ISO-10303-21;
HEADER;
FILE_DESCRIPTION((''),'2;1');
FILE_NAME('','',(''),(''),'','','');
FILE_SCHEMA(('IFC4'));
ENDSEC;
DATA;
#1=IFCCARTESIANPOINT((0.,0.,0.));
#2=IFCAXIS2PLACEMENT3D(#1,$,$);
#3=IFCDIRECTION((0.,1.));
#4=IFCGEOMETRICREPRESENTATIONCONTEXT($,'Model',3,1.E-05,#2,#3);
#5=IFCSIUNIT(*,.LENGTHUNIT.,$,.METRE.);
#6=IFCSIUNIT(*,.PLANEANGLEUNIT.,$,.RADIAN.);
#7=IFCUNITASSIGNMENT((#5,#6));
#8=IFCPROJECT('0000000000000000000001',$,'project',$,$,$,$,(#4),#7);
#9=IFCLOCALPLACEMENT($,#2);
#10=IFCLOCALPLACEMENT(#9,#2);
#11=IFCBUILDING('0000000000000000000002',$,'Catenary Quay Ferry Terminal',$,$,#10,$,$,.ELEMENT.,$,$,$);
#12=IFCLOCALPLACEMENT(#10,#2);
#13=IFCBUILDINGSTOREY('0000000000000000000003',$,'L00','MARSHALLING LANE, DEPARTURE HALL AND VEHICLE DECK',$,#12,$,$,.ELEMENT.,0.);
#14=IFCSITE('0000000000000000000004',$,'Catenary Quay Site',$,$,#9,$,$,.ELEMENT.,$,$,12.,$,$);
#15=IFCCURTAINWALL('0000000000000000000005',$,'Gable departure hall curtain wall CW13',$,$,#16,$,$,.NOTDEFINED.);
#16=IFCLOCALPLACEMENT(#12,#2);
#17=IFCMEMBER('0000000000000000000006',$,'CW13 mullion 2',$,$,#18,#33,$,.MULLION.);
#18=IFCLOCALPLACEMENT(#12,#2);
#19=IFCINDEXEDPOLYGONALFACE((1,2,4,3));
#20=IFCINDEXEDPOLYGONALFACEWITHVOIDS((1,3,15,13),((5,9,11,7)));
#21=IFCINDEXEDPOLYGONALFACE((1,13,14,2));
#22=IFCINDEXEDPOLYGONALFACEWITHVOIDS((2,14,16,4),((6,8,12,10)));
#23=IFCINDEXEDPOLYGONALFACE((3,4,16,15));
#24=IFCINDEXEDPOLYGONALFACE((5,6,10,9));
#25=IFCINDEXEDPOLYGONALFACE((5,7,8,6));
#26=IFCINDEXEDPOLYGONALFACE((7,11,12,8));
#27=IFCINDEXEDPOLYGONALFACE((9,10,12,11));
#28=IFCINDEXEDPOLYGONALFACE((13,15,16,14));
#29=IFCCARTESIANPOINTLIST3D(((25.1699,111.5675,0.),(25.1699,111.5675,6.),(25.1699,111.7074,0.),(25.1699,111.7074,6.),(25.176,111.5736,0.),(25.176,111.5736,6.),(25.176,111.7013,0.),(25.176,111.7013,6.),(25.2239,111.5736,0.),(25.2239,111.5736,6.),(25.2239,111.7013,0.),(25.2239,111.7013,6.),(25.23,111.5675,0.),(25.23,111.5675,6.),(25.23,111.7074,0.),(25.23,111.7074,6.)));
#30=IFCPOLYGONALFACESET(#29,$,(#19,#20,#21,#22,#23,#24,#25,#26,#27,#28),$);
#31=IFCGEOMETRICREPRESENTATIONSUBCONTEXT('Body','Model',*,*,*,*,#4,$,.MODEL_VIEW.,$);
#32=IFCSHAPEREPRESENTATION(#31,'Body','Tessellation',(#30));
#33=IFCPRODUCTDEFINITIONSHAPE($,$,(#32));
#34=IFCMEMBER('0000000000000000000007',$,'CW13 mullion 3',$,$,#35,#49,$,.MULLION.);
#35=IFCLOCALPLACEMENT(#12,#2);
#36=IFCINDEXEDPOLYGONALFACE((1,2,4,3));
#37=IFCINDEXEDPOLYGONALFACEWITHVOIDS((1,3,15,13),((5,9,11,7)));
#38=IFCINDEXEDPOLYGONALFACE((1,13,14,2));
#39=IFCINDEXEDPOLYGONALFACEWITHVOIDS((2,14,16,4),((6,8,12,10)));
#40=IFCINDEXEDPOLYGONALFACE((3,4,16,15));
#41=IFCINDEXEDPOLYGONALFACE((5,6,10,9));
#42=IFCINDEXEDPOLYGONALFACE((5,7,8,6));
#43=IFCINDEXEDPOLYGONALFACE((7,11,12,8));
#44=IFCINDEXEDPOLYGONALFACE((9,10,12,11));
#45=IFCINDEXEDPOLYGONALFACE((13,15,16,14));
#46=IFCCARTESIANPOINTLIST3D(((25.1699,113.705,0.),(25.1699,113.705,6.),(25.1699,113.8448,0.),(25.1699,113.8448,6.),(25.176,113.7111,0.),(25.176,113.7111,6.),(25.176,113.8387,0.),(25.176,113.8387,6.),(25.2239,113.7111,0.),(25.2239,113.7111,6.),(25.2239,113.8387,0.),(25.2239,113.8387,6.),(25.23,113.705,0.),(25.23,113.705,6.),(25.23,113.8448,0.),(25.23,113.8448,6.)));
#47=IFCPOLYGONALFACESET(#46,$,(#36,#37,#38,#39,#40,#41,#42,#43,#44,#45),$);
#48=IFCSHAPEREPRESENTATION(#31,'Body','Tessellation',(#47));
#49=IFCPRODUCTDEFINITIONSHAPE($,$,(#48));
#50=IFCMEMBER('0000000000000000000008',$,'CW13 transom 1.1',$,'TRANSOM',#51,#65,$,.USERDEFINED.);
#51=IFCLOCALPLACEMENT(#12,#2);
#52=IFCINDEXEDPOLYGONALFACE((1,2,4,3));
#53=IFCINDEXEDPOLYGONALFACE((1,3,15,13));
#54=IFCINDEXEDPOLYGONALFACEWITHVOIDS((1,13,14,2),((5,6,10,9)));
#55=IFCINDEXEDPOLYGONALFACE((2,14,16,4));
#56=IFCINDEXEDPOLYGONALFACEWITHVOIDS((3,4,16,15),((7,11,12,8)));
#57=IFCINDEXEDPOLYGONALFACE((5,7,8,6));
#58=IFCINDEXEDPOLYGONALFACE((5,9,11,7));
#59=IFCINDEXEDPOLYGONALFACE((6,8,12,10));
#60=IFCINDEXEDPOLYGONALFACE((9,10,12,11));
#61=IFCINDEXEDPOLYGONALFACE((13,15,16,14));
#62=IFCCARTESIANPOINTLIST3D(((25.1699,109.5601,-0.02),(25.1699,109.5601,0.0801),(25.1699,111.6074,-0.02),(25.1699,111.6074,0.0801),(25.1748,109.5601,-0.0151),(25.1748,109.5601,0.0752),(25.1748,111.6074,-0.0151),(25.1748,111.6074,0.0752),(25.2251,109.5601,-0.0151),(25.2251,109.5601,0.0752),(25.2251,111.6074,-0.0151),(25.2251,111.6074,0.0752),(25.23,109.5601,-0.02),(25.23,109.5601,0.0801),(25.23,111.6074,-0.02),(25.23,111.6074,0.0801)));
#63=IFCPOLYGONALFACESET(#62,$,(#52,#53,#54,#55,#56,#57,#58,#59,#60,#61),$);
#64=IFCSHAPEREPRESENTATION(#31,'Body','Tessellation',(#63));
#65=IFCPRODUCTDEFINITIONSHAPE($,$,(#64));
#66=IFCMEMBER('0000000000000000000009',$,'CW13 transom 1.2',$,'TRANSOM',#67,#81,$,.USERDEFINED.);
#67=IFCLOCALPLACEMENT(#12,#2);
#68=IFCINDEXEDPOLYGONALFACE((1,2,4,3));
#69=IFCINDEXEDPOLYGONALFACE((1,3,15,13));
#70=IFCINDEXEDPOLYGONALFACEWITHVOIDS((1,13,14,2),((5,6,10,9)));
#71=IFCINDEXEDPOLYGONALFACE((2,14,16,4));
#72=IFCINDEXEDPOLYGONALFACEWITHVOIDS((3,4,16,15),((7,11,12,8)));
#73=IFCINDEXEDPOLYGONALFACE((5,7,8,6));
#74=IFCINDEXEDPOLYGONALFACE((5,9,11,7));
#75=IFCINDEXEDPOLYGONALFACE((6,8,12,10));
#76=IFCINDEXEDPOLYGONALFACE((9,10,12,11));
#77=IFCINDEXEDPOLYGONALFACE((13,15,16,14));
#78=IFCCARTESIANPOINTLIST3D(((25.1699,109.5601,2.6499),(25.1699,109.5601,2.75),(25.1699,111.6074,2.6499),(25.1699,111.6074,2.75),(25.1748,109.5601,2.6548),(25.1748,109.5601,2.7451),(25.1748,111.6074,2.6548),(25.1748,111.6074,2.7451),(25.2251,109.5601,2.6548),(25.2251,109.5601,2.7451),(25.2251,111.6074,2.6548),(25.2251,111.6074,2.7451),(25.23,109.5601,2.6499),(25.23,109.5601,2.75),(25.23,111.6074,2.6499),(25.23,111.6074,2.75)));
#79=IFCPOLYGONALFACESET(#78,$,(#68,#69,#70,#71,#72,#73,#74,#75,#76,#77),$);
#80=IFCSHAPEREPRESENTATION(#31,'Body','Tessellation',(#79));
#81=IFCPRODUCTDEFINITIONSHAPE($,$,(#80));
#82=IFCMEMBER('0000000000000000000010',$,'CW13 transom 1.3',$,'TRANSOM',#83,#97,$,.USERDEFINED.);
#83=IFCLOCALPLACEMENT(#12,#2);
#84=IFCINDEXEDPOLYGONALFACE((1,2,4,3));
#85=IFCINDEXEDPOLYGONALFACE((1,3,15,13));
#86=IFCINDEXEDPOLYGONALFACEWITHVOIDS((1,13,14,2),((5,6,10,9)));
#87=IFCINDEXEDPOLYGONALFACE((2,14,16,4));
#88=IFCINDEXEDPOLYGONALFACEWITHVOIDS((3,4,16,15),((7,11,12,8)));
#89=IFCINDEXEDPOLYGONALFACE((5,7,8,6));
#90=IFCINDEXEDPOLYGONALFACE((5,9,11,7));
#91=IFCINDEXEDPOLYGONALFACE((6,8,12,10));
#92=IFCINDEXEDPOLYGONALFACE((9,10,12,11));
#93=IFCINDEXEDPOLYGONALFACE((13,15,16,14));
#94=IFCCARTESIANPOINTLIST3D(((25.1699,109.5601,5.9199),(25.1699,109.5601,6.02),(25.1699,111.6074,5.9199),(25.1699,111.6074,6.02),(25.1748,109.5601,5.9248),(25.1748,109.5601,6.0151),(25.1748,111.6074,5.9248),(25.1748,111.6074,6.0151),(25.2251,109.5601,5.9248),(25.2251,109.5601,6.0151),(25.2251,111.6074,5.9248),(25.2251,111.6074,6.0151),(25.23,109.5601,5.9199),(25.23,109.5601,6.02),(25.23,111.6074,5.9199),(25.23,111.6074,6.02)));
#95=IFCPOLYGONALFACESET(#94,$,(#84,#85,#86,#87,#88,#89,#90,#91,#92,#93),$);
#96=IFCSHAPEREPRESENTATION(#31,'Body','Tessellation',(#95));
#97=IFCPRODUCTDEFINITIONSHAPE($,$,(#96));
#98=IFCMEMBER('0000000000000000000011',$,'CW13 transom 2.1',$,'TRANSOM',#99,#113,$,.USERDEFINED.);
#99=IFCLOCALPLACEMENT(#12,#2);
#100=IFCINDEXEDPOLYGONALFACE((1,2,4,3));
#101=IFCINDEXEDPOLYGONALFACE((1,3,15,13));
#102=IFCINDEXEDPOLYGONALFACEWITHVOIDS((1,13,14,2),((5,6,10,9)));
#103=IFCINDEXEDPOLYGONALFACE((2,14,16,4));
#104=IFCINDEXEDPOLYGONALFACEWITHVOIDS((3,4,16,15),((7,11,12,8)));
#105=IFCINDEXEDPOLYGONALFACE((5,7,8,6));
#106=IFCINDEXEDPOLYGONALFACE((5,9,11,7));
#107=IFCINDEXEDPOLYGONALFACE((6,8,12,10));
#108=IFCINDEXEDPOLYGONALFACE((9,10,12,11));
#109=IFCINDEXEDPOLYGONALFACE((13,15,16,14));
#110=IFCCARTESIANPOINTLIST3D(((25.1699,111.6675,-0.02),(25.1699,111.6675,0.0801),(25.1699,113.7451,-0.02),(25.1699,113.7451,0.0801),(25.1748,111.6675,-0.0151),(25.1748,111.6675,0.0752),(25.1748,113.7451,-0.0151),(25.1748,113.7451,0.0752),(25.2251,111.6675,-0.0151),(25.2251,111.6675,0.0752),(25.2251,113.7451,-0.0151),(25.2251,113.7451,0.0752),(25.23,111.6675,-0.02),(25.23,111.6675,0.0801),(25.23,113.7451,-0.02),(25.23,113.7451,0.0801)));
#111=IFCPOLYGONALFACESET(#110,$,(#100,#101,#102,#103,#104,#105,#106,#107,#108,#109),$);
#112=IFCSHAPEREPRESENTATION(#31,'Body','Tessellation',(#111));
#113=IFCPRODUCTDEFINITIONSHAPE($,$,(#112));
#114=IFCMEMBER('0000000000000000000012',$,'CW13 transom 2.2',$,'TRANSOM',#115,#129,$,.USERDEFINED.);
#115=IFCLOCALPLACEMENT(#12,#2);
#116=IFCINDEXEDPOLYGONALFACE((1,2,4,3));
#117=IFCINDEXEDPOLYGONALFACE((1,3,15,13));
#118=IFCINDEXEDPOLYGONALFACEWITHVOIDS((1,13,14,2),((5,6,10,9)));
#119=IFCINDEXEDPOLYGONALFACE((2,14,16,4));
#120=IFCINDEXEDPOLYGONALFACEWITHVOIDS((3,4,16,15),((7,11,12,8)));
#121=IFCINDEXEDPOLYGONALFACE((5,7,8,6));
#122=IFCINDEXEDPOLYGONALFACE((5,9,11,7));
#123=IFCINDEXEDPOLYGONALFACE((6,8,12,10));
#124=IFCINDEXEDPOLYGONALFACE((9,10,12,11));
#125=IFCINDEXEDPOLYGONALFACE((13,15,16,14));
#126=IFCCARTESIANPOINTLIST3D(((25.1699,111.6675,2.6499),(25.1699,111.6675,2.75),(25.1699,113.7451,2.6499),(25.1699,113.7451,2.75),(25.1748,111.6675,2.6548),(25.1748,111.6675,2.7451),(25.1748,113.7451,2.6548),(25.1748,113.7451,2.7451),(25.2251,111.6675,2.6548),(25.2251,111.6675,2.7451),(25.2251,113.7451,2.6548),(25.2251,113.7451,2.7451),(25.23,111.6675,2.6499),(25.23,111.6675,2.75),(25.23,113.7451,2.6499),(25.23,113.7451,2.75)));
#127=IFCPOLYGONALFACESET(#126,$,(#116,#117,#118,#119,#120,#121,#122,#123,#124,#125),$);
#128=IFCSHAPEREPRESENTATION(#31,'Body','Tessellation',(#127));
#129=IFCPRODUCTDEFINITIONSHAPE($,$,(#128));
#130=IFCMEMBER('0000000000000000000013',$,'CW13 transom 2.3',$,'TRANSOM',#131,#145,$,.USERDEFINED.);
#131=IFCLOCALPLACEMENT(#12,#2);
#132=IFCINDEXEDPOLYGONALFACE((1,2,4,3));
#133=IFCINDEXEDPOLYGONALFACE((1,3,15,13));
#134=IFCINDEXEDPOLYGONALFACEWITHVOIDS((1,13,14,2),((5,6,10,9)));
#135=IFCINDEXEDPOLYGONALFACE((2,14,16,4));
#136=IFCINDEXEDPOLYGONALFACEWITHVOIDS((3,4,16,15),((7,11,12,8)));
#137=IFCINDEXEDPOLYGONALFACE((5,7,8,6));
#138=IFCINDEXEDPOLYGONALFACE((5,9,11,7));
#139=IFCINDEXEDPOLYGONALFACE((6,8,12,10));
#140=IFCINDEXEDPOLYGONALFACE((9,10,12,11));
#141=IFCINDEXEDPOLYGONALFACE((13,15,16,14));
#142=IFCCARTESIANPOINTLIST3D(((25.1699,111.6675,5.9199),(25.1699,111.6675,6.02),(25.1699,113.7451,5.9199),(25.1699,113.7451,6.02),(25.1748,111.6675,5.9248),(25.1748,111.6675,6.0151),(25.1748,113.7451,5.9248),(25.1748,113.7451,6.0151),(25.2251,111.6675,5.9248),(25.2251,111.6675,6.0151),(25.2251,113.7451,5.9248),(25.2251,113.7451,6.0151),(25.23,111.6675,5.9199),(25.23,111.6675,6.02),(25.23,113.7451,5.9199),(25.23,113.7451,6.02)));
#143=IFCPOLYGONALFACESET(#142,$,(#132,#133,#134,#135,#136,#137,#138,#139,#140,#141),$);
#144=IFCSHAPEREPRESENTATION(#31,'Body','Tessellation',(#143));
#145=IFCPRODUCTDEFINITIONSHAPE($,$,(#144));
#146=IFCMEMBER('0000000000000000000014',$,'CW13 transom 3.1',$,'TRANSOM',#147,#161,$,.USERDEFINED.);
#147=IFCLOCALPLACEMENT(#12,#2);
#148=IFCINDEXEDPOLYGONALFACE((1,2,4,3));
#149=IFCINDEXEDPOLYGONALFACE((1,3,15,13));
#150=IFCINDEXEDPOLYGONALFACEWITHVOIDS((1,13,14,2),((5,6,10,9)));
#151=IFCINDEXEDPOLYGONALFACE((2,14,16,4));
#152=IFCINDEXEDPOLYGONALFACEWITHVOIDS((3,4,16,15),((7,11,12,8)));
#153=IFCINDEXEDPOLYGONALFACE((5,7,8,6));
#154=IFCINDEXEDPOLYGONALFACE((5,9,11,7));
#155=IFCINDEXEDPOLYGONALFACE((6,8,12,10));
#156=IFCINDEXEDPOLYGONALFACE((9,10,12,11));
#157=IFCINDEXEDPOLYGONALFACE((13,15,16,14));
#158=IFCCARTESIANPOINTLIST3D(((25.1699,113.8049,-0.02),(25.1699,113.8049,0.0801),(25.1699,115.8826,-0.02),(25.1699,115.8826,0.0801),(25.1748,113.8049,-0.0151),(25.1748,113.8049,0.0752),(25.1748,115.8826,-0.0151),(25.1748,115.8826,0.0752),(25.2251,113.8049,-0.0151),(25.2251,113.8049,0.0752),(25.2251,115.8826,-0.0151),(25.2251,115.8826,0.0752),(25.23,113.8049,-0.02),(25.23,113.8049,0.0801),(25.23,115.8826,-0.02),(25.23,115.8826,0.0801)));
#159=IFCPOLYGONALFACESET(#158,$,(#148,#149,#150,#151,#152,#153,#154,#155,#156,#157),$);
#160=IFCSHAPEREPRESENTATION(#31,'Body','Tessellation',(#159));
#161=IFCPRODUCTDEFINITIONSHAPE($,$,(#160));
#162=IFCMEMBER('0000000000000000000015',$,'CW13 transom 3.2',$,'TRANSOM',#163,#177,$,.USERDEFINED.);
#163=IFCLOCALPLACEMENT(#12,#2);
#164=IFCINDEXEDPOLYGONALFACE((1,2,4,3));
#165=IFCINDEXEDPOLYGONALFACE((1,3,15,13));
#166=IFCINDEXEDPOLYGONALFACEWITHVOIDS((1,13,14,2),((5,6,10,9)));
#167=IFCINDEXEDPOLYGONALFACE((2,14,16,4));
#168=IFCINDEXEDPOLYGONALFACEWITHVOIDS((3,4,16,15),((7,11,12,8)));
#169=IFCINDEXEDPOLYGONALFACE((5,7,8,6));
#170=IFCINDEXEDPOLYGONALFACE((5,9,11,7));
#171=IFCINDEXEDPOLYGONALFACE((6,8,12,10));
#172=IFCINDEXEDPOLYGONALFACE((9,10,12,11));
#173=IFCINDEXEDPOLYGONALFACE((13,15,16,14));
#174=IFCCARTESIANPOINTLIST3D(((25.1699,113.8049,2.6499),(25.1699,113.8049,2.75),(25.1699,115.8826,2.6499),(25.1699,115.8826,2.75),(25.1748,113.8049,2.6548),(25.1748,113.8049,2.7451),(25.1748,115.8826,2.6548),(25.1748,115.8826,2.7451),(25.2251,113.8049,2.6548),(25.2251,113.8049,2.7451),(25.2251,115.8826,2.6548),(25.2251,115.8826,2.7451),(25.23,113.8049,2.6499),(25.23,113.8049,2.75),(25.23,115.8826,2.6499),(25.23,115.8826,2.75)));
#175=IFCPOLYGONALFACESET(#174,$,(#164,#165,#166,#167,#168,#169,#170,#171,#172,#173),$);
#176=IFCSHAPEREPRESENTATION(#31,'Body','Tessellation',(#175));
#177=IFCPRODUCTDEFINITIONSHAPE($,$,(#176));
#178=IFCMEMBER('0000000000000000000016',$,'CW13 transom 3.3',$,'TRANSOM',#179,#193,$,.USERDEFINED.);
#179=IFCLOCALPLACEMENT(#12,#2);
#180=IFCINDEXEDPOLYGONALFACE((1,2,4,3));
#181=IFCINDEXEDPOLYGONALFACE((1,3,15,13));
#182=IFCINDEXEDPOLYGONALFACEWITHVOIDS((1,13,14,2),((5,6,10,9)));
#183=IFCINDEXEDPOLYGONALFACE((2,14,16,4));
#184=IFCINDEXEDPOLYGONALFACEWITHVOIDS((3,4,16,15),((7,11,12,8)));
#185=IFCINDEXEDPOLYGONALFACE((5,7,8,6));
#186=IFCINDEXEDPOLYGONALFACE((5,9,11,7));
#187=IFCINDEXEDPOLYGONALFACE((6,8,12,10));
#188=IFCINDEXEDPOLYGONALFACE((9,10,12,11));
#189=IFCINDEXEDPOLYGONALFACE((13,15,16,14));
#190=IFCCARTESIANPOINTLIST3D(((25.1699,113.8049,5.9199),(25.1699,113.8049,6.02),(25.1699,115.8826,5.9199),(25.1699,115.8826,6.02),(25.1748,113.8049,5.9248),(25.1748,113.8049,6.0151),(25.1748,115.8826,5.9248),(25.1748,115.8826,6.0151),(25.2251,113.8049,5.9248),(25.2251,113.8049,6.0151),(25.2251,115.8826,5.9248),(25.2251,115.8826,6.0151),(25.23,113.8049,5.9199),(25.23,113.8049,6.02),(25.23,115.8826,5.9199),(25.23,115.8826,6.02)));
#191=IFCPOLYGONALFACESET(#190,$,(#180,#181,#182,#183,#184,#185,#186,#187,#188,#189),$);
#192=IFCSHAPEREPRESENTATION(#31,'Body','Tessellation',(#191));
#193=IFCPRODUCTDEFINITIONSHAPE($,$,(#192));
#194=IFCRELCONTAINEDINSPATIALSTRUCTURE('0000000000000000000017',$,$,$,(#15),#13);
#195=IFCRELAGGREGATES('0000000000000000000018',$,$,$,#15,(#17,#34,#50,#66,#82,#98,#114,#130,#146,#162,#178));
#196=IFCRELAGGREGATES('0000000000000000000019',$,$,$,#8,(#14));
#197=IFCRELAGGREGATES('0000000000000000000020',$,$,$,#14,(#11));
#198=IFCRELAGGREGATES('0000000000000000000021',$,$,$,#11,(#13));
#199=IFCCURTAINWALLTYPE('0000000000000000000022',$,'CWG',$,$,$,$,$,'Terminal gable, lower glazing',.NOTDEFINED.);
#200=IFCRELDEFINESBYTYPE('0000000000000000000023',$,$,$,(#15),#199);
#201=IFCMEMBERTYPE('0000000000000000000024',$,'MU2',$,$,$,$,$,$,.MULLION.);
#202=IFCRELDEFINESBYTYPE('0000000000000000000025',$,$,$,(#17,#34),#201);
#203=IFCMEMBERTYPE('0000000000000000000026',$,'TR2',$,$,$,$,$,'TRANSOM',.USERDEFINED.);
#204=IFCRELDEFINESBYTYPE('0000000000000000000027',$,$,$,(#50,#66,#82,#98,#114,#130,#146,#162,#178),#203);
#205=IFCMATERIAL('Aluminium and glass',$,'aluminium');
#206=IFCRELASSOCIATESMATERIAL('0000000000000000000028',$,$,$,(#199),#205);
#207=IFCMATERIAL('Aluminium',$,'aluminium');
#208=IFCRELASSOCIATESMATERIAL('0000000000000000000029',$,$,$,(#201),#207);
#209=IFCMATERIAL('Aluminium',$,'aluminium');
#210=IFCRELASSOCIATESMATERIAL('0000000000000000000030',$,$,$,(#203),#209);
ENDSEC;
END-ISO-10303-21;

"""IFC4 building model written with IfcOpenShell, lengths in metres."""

from ifc_helpers import new_model, si_unit, direction, frame, origin, origin_2d, place, context, subcontext, project, spatial, hollow_rectangle, extrude, material, material_profile, profile_set, type_object, element, aggregate, save


model = new_model("IFC4")

# Units and contexts
model_context = context("Model", 3, precision=1e-05, world=origin(), true_north=direction((0.0, 1.0)))
body_context = subcontext(model_context, "Body", "Model", "MODEL_VIEW")
ifc_project = project(units=[si_unit("LENGTHUNIT", "METRE"), si_unit("PLANEANGLEUNIT", "RADIAN")], contexts=[model_context])

# Site, building, storey
site_placement = place(None, origin())
site = spatial("IfcSite", under=ifc_project, at=site_placement, Name="Catenary Quay Site", CompositionType="ELEMENT", RefElevation=12.0)
building_placement = place(site_placement, origin())
building = spatial("IfcBuilding", under=site, at=building_placement, Name="Catenary Quay Ferry Terminal", CompositionType="ELEMENT")
storey_placement = place(building_placement, origin())
storey = spatial("IfcBuildingStorey", under=building, at=storey_placement, Name="L00", Description="MARSHALLING LANE, DEPARTURE HALL AND VEHICLE DECK", CompositionType="ELEMENT", Elevation=0.0)

# Curtain wall, members
ifc_material_1 = material(Name="Aluminium and glass", Category="aluminium")
curtain_wall_type = type_object("IfcCurtainWallType", Name="CWG", ElementType="Terminal gable, lower glazing", PredefinedType="NOTDEFINED", material=ifc_material_1)
curtain_wall_placement = place(storey_placement, origin())
curtain_wall = element("IfcCurtainWall", 1, at=curtain_wall_placement, inside=storey, type_object=curtain_wall_type, Name="Gable departure hall curtain wall CW13", PredefinedType="NOTDEFINED")
ifc_material_2 = material(Name="Aluminium", Category="aluminium")
ifc_material_profile_1 = material_profile(ifc_material_2, hollow_rectangle(XDim=0.0601, YDim=0.1399, WallThickness=0.0061, at=origin_2d()), Name="MU2")
ifc_profile_set_1 = profile_set([ifc_material_profile_1], Name="Aluminium")
member_type_1 = type_object("IfcMemberType", Name="MU2", PredefinedType="MULLION", material=ifc_profile_set_1)
member_1_placement = place(storey_placement, frame((25.2, 111.6375, 0.0), z_axis=(0.0, 0.0, 1.0), x_axis=(-1.0, 0.0, 0.0)))
member_1 = element("IfcMember", 2, at=member_1_placement, type_object=member_type_1, Name="CW13 mullion 2", PredefinedType="MULLION", context=body_context, shape_type="SweptSolid", body=[
    extrude(hollow_rectangle(XDim=0.0601, YDim=0.1399, WallThickness=0.0061, at=origin_2d()), origin(), (0.0, 0.0, 1.0), 6.0),
])
member_2_placement = place(storey_placement, frame((25.2, 113.7749, 0.0), z_axis=(0.0, 0.0, 1.0), x_axis=(-1.0, 0.0, 0.0)))
member_2 = element("IfcMember", 3, at=member_2_placement, type_object=member_type_1, Name="CW13 mullion 3", PredefinedType="MULLION", context=body_context, shape_type="SweptSolid", body=[
    extrude(hollow_rectangle(XDim=0.0601, YDim=0.1399, WallThickness=0.0061, at=origin_2d()), origin(), (0.0, 0.0, 1.0), 6.0),
])
ifc_material_3 = material(Name="Aluminium", Category="aluminium")
ifc_material_profile_2 = material_profile(ifc_material_3, hollow_rectangle(XDim=0.0601, YDim=0.1001, WallThickness=0.0049, at=origin_2d()), Name="TR2")
ifc_profile_set_2 = profile_set([ifc_material_profile_2], Name="Aluminium")
member_type_2 = type_object("IfcMemberType", Name="TR2", ElementType="TRANSOM", PredefinedType="USERDEFINED", material=ifc_profile_set_2)
member_3_placement = place(storey_placement, frame((25.2, 109.5601, 0.03), z_axis=(0.0, 1.0, 0.0), x_axis=(-1.0, 0.0, 0.0)))
member_3 = element("IfcMember", 4, at=member_3_placement, type_object=member_type_2, Name="CW13 transom 1.1", ObjectType="TRANSOM", PredefinedType="USERDEFINED", context=body_context, shape_type="SweptSolid", body=[
    extrude(hollow_rectangle(XDim=0.0601, YDim=0.1001, WallThickness=0.0049, at=origin_2d()), origin(), (0.0, 0.0, 1.0), 2.0474),
])
member_4_placement = place(storey_placement, frame((25.2, 109.5601, 2.7), z_axis=(0.0, 1.0, 0.0), x_axis=(-1.0, 0.0, 0.0)))
member_4 = element("IfcMember", 5, at=member_4_placement, type_object=member_type_2, Name="CW13 transom 1.2", ObjectType="TRANSOM", PredefinedType="USERDEFINED", context=body_context, shape_type="SweptSolid", body=[
    extrude(hollow_rectangle(XDim=0.0601, YDim=0.1001, WallThickness=0.0049, at=origin_2d()), origin(), (0.0, 0.0, 1.0), 2.0474),
])
member_5_placement = place(storey_placement, frame((25.2, 109.5601, 5.97), z_axis=(0.0, 1.0, 0.0), x_axis=(-1.0, 0.0, 0.0)))
member_5 = element("IfcMember", 6, at=member_5_placement, type_object=member_type_2, Name="CW13 transom 1.3", ObjectType="TRANSOM", PredefinedType="USERDEFINED", context=body_context, shape_type="SweptSolid", body=[
    extrude(hollow_rectangle(XDim=0.0601, YDim=0.1001, WallThickness=0.0049, at=origin_2d()), origin(), (0.0, 0.0, 1.0), 2.0474),
])
member_6_placement = place(storey_placement, frame((25.2, 111.6675, 0.03), z_axis=(0.0, 1.0, 0.0), x_axis=(-1.0, 0.0, 0.0)))
member_6 = element("IfcMember", 7, at=member_6_placement, type_object=member_type_2, Name="CW13 transom 2.1", ObjectType="TRANSOM", PredefinedType="USERDEFINED", context=body_context, shape_type="SweptSolid", body=[
    extrude(hollow_rectangle(XDim=0.0601, YDim=0.1001, WallThickness=0.0049, at=origin_2d()), origin(), (0.0, 0.0, 1.0), 2.0776),
])
member_7_placement = place(storey_placement, frame((25.2, 111.6675, 2.7), z_axis=(0.0, 1.0, 0.0), x_axis=(-1.0, 0.0, 0.0)))
member_7 = element("IfcMember", 8, at=member_7_placement, type_object=member_type_2, Name="CW13 transom 2.2", ObjectType="TRANSOM", PredefinedType="USERDEFINED", context=body_context, shape_type="SweptSolid", body=[
    extrude(hollow_rectangle(XDim=0.0601, YDim=0.1001, WallThickness=0.0049, at=origin_2d()), origin(), (0.0, 0.0, 1.0), 2.0776),
])
member_8_placement = place(storey_placement, frame((25.2, 111.6675, 5.97), z_axis=(0.0, 1.0, 0.0), x_axis=(-1.0, 0.0, 0.0)))
member_8 = element("IfcMember", 9, at=member_8_placement, type_object=member_type_2, Name="CW13 transom 2.3", ObjectType="TRANSOM", PredefinedType="USERDEFINED", context=body_context, shape_type="SweptSolid", body=[
    extrude(hollow_rectangle(XDim=0.0601, YDim=0.1001, WallThickness=0.0049, at=origin_2d()), origin(), (0.0, 0.0, 1.0), 2.0776),
])
member_9_placement = place(storey_placement, frame((25.2, 113.8049, 0.03), z_axis=(0.0, 1.0, 0.0), x_axis=(-1.0, 0.0, 0.0)))
member_9 = element("IfcMember", 10, at=member_9_placement, type_object=member_type_2, Name="CW13 transom 3.1", ObjectType="TRANSOM", PredefinedType="USERDEFINED", context=body_context, shape_type="SweptSolid", body=[
    extrude(hollow_rectangle(XDim=0.0601, YDim=0.1001, WallThickness=0.0049, at=origin_2d()), origin(), (0.0, 0.0, 1.0), 2.0776),
])
member_10_placement = place(storey_placement, frame((25.2, 113.8049, 2.7), z_axis=(0.0, 1.0, 0.0), x_axis=(-1.0, 0.0, 0.0)))
member_10 = element("IfcMember", 11, at=member_10_placement, type_object=member_type_2, Name="CW13 transom 3.2", ObjectType="TRANSOM", PredefinedType="USERDEFINED", context=body_context, shape_type="SweptSolid", body=[
    extrude(hollow_rectangle(XDim=0.0601, YDim=0.1001, WallThickness=0.0049, at=origin_2d()), origin(), (0.0, 0.0, 1.0), 2.0776),
])
member_11_placement = place(storey_placement, frame((25.2, 113.8049, 5.97), z_axis=(0.0, 1.0, 0.0), x_axis=(-1.0, 0.0, 0.0)))
member_11 = element("IfcMember", 12, at=member_11_placement, type_object=member_type_2, Name="CW13 transom 3.3", ObjectType="TRANSOM", PredefinedType="USERDEFINED", context=body_context, shape_type="SweptSolid", body=[
    extrude(hollow_rectangle(XDim=0.0601, YDim=0.1001, WallThickness=0.0049, at=origin_2d()), origin(), (0.0, 0.0, 1.0), 2.0776),
])
aggregate(curtain_wall, [member_1, member_2, member_3, member_4, member_5, member_6, member_7, member_8, member_9, member_10, member_11])

save(model, "model.ifc")
